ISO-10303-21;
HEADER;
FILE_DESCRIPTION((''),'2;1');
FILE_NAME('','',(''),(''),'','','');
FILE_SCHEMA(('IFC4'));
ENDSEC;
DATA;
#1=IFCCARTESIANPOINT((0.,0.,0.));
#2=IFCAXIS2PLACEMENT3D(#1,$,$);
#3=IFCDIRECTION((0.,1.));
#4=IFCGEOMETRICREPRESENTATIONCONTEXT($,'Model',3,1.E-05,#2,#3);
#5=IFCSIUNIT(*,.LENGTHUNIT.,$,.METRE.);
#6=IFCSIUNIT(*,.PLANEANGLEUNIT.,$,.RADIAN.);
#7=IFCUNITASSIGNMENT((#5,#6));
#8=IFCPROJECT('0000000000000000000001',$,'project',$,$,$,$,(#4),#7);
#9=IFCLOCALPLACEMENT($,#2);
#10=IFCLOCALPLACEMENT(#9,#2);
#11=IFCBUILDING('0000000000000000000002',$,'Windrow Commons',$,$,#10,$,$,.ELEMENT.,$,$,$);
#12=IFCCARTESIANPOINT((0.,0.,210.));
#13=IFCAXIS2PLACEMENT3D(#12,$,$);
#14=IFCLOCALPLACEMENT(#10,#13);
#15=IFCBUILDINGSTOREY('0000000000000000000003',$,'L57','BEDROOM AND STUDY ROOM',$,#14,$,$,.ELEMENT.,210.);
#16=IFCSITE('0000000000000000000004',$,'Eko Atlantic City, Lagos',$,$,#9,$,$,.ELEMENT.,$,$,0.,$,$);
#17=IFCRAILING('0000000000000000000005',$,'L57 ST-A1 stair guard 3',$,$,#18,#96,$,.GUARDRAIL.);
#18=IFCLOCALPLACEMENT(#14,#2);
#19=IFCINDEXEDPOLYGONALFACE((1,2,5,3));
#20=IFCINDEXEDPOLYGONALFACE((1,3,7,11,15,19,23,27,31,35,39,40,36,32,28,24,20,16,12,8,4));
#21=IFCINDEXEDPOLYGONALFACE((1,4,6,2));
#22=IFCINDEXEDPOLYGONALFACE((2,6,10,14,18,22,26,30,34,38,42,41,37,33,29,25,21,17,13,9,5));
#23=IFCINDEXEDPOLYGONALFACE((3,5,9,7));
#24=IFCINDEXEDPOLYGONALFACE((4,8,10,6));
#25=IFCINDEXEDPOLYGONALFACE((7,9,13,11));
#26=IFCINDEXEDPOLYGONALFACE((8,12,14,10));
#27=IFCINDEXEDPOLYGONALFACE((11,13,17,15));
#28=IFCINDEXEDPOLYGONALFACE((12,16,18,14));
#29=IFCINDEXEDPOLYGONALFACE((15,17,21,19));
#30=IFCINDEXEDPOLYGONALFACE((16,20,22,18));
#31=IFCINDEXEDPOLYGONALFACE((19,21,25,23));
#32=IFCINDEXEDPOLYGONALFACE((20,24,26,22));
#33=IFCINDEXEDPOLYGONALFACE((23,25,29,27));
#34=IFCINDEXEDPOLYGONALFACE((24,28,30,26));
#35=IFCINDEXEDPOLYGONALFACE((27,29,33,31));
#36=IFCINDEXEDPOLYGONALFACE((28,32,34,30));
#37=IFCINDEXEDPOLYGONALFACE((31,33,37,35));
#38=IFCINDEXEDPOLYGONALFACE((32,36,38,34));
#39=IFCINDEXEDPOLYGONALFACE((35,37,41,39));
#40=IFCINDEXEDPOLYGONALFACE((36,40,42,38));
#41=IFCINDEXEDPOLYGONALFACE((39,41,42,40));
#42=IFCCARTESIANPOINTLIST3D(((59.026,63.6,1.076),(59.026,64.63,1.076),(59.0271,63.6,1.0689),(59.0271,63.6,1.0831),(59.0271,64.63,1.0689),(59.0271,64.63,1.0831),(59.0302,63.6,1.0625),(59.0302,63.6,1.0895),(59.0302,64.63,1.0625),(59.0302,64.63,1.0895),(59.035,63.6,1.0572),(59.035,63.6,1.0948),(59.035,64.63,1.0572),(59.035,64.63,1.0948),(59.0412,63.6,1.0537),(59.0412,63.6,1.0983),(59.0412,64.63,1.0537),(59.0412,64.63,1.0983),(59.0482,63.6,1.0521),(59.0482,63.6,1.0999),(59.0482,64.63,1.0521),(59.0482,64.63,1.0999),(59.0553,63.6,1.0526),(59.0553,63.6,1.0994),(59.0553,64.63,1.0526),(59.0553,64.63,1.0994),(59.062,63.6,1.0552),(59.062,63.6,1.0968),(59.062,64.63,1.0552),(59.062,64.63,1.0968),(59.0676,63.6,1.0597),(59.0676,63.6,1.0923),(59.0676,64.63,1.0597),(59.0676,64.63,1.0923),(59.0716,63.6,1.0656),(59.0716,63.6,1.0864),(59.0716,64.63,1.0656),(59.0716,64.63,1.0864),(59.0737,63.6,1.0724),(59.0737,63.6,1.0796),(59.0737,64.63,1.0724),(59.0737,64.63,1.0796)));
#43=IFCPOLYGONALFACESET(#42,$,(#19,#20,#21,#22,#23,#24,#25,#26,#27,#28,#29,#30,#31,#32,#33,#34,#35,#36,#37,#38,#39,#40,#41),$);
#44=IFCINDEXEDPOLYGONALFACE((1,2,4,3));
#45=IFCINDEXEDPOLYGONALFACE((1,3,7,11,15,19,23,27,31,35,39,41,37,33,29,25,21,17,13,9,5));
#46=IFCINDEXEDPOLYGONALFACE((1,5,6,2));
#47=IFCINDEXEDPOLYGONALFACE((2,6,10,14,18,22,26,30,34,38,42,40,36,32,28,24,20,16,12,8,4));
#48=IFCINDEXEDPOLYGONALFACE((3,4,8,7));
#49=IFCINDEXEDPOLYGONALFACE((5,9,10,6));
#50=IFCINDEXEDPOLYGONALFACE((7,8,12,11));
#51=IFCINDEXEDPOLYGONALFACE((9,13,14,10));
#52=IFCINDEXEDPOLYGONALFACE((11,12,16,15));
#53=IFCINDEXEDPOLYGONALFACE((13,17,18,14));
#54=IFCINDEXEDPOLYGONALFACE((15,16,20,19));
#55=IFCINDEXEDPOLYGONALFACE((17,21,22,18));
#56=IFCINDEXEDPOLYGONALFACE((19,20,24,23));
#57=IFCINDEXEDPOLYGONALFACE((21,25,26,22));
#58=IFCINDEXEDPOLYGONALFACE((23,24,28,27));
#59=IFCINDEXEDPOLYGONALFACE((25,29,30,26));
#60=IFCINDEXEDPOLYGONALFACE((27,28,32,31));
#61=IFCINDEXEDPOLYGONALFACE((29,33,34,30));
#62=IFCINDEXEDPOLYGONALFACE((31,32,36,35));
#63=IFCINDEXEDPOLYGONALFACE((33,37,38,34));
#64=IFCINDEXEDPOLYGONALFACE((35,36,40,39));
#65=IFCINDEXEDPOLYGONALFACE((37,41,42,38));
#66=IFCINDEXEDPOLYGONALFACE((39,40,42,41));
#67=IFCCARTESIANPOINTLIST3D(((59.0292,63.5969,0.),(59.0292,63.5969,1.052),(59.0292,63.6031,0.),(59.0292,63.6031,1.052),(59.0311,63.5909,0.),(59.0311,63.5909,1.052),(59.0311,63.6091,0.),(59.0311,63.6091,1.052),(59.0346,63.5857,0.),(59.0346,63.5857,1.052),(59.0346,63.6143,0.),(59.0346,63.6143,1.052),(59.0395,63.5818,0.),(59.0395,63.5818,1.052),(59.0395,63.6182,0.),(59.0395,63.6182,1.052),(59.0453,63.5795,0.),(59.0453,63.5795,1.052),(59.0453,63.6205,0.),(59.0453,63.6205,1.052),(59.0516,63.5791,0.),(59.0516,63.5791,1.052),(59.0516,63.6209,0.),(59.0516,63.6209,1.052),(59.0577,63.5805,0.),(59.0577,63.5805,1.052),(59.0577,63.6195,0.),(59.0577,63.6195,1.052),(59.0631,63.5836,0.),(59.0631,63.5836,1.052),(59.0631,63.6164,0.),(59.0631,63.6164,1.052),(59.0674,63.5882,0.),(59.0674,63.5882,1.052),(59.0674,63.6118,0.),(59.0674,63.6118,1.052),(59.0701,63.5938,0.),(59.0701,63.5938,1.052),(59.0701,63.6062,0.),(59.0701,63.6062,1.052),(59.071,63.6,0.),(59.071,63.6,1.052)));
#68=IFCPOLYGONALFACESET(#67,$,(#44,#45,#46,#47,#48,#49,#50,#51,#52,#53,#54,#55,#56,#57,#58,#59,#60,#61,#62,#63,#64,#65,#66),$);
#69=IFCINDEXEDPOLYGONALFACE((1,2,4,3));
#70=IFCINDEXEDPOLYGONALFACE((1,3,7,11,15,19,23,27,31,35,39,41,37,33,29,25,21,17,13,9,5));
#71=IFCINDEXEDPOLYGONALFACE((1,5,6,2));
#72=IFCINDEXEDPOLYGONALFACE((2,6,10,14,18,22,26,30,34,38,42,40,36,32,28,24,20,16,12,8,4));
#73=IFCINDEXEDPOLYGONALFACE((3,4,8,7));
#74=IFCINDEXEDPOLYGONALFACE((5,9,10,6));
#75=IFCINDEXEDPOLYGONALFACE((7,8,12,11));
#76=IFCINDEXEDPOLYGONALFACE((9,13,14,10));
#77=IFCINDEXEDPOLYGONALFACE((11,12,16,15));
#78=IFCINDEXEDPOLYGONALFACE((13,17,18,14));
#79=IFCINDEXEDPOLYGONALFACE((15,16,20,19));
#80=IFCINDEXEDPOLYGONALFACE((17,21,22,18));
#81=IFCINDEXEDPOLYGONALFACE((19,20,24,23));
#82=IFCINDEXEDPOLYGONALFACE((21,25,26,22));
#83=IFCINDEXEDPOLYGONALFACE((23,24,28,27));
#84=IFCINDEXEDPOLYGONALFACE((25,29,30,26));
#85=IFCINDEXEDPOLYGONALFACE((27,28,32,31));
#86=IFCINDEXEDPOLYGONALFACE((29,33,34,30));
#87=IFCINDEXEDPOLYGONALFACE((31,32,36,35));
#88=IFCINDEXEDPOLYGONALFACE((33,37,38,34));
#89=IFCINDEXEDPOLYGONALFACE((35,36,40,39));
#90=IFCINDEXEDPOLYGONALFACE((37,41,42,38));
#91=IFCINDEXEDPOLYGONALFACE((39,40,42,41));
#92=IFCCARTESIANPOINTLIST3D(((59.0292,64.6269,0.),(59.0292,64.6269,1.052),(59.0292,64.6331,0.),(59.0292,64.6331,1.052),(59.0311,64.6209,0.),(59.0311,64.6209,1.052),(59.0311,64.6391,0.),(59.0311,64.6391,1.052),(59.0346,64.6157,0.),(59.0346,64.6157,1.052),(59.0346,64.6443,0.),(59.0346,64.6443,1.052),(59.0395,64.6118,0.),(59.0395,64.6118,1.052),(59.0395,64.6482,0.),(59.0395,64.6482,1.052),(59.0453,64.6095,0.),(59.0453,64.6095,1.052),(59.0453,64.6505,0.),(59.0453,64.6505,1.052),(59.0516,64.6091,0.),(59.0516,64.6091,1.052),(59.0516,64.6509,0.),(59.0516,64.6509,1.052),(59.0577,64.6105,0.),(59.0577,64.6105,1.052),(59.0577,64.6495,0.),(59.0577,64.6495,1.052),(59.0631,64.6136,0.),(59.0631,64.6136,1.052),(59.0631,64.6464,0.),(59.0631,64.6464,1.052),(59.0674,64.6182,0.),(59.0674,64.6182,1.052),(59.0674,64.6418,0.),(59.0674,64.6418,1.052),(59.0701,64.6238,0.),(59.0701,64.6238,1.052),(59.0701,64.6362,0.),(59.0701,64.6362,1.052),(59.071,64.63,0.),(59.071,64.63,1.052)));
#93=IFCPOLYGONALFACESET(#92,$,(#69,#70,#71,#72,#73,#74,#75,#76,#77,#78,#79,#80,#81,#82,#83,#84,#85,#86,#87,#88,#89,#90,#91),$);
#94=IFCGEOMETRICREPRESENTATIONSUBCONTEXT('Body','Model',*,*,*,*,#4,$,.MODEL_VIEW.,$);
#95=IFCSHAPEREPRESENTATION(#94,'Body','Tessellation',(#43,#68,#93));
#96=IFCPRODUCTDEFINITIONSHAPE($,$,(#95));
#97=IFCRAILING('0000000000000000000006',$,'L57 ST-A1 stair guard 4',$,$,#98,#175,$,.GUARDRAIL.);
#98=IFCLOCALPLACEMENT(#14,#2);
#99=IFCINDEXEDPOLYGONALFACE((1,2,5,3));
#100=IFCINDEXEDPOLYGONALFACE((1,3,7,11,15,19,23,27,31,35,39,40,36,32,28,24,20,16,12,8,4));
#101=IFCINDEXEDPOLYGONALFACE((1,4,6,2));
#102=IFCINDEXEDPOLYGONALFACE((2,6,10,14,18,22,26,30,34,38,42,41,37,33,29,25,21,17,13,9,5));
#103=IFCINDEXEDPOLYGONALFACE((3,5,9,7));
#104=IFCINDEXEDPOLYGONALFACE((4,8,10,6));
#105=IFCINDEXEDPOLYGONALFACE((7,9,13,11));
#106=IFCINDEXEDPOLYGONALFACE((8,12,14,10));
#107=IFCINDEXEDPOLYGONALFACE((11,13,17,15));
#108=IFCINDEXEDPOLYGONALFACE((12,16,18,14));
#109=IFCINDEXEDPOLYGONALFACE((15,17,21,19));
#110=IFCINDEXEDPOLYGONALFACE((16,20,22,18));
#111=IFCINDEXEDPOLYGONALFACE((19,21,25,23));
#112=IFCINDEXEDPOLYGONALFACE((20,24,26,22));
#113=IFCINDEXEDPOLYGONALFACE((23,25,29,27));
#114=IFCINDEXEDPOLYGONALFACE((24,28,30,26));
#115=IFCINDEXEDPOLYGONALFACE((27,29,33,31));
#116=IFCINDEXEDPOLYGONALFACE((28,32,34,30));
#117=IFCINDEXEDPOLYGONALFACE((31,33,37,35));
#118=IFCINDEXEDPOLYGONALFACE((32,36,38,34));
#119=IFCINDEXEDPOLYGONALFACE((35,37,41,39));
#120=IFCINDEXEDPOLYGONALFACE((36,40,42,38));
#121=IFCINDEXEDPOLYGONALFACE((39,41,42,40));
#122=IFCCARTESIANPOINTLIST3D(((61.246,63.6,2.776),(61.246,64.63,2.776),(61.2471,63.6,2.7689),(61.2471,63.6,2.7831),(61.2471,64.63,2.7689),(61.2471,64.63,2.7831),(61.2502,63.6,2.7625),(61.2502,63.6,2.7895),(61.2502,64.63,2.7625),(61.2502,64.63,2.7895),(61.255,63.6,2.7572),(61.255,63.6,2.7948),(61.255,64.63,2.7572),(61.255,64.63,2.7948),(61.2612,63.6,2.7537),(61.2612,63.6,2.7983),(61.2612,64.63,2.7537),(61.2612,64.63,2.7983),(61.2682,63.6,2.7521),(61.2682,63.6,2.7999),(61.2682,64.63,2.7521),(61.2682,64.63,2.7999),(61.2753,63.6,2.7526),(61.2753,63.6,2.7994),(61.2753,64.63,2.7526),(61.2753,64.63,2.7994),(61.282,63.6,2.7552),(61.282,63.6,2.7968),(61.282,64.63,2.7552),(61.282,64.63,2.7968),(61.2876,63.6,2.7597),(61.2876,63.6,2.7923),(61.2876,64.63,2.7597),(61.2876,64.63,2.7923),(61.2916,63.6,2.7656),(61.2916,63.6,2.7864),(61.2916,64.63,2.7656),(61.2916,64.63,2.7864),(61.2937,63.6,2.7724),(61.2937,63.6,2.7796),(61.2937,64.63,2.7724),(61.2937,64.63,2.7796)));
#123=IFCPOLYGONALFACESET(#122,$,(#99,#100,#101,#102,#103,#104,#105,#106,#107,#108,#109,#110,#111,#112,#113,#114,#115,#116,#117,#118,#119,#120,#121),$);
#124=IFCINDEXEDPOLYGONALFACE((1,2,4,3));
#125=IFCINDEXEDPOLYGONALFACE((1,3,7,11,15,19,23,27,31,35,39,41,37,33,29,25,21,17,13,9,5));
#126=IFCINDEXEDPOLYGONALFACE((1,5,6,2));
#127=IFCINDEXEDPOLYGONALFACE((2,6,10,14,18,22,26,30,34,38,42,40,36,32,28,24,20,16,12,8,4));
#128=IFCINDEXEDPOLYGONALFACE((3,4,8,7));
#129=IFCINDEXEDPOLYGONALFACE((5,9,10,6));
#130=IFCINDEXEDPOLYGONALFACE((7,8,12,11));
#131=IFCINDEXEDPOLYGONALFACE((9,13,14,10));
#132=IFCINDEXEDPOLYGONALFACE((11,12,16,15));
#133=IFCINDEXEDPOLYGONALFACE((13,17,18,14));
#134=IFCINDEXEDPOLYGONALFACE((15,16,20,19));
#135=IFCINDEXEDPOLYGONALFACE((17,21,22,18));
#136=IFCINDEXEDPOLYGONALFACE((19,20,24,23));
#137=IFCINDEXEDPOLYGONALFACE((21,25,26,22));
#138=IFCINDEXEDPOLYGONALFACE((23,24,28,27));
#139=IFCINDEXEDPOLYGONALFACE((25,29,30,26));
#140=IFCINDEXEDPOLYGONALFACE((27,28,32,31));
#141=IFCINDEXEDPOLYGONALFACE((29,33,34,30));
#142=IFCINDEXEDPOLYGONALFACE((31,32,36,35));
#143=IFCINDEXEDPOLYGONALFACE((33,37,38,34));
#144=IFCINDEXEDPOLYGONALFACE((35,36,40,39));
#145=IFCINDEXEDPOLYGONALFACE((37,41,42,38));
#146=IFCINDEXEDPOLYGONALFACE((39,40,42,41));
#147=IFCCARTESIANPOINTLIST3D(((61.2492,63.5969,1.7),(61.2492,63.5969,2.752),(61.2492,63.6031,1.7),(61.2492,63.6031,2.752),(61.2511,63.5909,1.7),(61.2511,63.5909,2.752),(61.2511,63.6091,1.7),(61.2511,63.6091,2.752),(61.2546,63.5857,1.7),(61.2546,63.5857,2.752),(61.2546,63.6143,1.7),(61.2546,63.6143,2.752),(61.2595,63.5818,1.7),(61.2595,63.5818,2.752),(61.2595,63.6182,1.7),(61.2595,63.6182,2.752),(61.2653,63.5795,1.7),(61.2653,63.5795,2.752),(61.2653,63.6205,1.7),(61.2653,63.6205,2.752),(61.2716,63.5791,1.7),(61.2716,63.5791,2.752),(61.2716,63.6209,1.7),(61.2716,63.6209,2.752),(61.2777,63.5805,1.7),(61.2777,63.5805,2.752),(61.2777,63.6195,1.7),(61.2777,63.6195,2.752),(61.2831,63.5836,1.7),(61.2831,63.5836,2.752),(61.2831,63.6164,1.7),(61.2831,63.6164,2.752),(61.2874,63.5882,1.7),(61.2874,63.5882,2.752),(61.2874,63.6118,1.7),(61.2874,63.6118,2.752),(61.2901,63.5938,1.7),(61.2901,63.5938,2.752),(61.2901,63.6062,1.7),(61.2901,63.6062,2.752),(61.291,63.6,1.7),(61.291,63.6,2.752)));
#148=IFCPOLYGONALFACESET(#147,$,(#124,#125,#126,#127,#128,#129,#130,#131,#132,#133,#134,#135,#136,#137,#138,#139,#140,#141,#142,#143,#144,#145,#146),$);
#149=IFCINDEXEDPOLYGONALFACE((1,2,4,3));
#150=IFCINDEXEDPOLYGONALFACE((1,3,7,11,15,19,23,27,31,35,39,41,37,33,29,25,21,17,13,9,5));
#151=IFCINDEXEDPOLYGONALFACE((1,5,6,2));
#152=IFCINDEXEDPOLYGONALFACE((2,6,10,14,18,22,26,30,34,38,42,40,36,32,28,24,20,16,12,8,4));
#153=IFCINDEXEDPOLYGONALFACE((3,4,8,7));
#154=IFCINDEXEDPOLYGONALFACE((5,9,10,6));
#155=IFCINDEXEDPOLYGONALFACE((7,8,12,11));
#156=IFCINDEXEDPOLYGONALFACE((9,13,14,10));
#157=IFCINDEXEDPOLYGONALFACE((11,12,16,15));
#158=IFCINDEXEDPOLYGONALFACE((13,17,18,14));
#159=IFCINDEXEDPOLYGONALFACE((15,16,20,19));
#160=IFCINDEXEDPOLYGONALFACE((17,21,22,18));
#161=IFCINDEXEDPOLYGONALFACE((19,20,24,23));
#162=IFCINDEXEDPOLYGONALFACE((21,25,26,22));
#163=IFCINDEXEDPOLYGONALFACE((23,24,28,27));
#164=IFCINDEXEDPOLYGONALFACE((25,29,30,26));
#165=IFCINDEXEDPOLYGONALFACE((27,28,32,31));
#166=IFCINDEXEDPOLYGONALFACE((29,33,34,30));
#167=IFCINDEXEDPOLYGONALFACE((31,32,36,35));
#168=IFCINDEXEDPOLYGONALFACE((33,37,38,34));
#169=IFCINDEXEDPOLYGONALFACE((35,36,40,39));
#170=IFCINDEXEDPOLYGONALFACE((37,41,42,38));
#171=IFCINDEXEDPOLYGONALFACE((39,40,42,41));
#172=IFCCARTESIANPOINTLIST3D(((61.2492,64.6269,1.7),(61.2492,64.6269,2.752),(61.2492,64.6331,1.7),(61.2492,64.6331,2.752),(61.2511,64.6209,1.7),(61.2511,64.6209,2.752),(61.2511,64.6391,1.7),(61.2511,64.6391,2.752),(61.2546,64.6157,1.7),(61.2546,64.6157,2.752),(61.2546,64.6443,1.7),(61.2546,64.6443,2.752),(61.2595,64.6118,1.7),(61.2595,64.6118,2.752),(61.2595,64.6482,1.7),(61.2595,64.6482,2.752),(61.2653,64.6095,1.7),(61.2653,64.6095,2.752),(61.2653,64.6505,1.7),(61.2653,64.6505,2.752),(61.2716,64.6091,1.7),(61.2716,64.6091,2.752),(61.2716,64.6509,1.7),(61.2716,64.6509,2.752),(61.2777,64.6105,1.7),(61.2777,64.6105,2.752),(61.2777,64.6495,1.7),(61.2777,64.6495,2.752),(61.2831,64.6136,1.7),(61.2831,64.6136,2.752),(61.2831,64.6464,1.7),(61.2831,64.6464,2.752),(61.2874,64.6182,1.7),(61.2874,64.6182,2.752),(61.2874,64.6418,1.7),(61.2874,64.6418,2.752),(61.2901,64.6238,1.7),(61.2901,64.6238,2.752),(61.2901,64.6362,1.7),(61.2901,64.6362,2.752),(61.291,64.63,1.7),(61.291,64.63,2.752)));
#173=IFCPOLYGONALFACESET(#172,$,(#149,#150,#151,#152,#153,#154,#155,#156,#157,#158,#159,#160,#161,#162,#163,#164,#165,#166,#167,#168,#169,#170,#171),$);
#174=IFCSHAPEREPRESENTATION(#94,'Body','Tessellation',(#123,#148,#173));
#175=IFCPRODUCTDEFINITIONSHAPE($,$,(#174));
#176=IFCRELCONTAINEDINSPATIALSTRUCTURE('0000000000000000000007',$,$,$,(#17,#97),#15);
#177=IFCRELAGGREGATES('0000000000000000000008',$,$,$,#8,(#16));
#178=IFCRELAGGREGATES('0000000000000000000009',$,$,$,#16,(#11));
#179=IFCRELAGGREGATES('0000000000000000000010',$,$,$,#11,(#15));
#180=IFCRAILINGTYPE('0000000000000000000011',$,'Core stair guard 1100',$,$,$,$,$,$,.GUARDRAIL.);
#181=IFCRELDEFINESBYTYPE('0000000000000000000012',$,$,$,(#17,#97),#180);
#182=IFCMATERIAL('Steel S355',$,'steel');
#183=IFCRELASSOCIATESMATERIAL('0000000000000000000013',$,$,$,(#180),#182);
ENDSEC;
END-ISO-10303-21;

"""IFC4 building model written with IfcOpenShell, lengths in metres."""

from ifc_helpers import new_model, si_unit, direction, frame, origin, origin_2d, place, context, subcontext, project, spatial, circle, extrude, material, type_object, element, save


model = new_model("IFC4")

# Units and contexts
model_context = context("Model", 3, precision=1e-05, world=origin(), true_north=direction((0.0, 1.0)))
body_context = subcontext(model_context, "Body", "Model", "MODEL_VIEW")
ifc_project = project(units=[si_unit("LENGTHUNIT", "METRE"), si_unit("PLANEANGLEUNIT", "RADIAN")], contexts=[model_context])

# Site, building, storey
site_placement = place(None, origin())
site = spatial("IfcSite", under=ifc_project, at=site_placement, Name="Eko Atlantic City, Lagos", CompositionType="ELEMENT", RefElevation=0.0)
building_placement = place(site_placement, origin())
building = spatial("IfcBuilding", under=site, at=building_placement, Name="Windrow Commons", CompositionType="ELEMENT")
storey_placement = place(building_placement, frame((0.0, 0.0, 210.0)))
storey = spatial("IfcBuildingStorey", under=building, at=storey_placement, Name="L57", Description="BEDROOM AND STUDY ROOM", CompositionType="ELEMENT", Elevation=210.0)

# Railings
ifc_material_1 = material(Name="Steel S355", Category="steel")
railing_type_1 = type_object("IfcRailingType", Name="Core stair guard 1100", PredefinedType="GUARDRAIL", material=ifc_material_1)
for number, where, name in (
    (1, (59.05, 63.6, 0.0), "L57 ST-A1 stair guard 3"),
    (2, (61.27, 63.6, 1.7), "L57 ST-A1 stair guard 4"),
):
    element("IfcRailing", number, at=place(storey_placement, frame(where)), inside=storey, type_object=railing_type_1, Name=name, PredefinedType="GUARDRAIL", context=body_context, shape_type="SweptSolid", body=[
        extrude(circle(Radius=0.024, at=origin_2d()), frame((0.0, 0.0, 1.076), z_axis=(0.0, 1.0, 0.0), x_axis=(-1.0, 0.0, 0.0)), (0.0, 0.0, 1.0), 1.03),
        extrude(circle(Radius=0.021, at=origin_2d()), origin(), (0.0, 0.0, 1.0), 1.052),
        extrude(circle(Radius=0.021, at=origin_2d()), frame((0.0, 1.03, 0.0)), (0.0, 0.0, 1.0), 1.052),
    ])

save(model, "model.ifc")
